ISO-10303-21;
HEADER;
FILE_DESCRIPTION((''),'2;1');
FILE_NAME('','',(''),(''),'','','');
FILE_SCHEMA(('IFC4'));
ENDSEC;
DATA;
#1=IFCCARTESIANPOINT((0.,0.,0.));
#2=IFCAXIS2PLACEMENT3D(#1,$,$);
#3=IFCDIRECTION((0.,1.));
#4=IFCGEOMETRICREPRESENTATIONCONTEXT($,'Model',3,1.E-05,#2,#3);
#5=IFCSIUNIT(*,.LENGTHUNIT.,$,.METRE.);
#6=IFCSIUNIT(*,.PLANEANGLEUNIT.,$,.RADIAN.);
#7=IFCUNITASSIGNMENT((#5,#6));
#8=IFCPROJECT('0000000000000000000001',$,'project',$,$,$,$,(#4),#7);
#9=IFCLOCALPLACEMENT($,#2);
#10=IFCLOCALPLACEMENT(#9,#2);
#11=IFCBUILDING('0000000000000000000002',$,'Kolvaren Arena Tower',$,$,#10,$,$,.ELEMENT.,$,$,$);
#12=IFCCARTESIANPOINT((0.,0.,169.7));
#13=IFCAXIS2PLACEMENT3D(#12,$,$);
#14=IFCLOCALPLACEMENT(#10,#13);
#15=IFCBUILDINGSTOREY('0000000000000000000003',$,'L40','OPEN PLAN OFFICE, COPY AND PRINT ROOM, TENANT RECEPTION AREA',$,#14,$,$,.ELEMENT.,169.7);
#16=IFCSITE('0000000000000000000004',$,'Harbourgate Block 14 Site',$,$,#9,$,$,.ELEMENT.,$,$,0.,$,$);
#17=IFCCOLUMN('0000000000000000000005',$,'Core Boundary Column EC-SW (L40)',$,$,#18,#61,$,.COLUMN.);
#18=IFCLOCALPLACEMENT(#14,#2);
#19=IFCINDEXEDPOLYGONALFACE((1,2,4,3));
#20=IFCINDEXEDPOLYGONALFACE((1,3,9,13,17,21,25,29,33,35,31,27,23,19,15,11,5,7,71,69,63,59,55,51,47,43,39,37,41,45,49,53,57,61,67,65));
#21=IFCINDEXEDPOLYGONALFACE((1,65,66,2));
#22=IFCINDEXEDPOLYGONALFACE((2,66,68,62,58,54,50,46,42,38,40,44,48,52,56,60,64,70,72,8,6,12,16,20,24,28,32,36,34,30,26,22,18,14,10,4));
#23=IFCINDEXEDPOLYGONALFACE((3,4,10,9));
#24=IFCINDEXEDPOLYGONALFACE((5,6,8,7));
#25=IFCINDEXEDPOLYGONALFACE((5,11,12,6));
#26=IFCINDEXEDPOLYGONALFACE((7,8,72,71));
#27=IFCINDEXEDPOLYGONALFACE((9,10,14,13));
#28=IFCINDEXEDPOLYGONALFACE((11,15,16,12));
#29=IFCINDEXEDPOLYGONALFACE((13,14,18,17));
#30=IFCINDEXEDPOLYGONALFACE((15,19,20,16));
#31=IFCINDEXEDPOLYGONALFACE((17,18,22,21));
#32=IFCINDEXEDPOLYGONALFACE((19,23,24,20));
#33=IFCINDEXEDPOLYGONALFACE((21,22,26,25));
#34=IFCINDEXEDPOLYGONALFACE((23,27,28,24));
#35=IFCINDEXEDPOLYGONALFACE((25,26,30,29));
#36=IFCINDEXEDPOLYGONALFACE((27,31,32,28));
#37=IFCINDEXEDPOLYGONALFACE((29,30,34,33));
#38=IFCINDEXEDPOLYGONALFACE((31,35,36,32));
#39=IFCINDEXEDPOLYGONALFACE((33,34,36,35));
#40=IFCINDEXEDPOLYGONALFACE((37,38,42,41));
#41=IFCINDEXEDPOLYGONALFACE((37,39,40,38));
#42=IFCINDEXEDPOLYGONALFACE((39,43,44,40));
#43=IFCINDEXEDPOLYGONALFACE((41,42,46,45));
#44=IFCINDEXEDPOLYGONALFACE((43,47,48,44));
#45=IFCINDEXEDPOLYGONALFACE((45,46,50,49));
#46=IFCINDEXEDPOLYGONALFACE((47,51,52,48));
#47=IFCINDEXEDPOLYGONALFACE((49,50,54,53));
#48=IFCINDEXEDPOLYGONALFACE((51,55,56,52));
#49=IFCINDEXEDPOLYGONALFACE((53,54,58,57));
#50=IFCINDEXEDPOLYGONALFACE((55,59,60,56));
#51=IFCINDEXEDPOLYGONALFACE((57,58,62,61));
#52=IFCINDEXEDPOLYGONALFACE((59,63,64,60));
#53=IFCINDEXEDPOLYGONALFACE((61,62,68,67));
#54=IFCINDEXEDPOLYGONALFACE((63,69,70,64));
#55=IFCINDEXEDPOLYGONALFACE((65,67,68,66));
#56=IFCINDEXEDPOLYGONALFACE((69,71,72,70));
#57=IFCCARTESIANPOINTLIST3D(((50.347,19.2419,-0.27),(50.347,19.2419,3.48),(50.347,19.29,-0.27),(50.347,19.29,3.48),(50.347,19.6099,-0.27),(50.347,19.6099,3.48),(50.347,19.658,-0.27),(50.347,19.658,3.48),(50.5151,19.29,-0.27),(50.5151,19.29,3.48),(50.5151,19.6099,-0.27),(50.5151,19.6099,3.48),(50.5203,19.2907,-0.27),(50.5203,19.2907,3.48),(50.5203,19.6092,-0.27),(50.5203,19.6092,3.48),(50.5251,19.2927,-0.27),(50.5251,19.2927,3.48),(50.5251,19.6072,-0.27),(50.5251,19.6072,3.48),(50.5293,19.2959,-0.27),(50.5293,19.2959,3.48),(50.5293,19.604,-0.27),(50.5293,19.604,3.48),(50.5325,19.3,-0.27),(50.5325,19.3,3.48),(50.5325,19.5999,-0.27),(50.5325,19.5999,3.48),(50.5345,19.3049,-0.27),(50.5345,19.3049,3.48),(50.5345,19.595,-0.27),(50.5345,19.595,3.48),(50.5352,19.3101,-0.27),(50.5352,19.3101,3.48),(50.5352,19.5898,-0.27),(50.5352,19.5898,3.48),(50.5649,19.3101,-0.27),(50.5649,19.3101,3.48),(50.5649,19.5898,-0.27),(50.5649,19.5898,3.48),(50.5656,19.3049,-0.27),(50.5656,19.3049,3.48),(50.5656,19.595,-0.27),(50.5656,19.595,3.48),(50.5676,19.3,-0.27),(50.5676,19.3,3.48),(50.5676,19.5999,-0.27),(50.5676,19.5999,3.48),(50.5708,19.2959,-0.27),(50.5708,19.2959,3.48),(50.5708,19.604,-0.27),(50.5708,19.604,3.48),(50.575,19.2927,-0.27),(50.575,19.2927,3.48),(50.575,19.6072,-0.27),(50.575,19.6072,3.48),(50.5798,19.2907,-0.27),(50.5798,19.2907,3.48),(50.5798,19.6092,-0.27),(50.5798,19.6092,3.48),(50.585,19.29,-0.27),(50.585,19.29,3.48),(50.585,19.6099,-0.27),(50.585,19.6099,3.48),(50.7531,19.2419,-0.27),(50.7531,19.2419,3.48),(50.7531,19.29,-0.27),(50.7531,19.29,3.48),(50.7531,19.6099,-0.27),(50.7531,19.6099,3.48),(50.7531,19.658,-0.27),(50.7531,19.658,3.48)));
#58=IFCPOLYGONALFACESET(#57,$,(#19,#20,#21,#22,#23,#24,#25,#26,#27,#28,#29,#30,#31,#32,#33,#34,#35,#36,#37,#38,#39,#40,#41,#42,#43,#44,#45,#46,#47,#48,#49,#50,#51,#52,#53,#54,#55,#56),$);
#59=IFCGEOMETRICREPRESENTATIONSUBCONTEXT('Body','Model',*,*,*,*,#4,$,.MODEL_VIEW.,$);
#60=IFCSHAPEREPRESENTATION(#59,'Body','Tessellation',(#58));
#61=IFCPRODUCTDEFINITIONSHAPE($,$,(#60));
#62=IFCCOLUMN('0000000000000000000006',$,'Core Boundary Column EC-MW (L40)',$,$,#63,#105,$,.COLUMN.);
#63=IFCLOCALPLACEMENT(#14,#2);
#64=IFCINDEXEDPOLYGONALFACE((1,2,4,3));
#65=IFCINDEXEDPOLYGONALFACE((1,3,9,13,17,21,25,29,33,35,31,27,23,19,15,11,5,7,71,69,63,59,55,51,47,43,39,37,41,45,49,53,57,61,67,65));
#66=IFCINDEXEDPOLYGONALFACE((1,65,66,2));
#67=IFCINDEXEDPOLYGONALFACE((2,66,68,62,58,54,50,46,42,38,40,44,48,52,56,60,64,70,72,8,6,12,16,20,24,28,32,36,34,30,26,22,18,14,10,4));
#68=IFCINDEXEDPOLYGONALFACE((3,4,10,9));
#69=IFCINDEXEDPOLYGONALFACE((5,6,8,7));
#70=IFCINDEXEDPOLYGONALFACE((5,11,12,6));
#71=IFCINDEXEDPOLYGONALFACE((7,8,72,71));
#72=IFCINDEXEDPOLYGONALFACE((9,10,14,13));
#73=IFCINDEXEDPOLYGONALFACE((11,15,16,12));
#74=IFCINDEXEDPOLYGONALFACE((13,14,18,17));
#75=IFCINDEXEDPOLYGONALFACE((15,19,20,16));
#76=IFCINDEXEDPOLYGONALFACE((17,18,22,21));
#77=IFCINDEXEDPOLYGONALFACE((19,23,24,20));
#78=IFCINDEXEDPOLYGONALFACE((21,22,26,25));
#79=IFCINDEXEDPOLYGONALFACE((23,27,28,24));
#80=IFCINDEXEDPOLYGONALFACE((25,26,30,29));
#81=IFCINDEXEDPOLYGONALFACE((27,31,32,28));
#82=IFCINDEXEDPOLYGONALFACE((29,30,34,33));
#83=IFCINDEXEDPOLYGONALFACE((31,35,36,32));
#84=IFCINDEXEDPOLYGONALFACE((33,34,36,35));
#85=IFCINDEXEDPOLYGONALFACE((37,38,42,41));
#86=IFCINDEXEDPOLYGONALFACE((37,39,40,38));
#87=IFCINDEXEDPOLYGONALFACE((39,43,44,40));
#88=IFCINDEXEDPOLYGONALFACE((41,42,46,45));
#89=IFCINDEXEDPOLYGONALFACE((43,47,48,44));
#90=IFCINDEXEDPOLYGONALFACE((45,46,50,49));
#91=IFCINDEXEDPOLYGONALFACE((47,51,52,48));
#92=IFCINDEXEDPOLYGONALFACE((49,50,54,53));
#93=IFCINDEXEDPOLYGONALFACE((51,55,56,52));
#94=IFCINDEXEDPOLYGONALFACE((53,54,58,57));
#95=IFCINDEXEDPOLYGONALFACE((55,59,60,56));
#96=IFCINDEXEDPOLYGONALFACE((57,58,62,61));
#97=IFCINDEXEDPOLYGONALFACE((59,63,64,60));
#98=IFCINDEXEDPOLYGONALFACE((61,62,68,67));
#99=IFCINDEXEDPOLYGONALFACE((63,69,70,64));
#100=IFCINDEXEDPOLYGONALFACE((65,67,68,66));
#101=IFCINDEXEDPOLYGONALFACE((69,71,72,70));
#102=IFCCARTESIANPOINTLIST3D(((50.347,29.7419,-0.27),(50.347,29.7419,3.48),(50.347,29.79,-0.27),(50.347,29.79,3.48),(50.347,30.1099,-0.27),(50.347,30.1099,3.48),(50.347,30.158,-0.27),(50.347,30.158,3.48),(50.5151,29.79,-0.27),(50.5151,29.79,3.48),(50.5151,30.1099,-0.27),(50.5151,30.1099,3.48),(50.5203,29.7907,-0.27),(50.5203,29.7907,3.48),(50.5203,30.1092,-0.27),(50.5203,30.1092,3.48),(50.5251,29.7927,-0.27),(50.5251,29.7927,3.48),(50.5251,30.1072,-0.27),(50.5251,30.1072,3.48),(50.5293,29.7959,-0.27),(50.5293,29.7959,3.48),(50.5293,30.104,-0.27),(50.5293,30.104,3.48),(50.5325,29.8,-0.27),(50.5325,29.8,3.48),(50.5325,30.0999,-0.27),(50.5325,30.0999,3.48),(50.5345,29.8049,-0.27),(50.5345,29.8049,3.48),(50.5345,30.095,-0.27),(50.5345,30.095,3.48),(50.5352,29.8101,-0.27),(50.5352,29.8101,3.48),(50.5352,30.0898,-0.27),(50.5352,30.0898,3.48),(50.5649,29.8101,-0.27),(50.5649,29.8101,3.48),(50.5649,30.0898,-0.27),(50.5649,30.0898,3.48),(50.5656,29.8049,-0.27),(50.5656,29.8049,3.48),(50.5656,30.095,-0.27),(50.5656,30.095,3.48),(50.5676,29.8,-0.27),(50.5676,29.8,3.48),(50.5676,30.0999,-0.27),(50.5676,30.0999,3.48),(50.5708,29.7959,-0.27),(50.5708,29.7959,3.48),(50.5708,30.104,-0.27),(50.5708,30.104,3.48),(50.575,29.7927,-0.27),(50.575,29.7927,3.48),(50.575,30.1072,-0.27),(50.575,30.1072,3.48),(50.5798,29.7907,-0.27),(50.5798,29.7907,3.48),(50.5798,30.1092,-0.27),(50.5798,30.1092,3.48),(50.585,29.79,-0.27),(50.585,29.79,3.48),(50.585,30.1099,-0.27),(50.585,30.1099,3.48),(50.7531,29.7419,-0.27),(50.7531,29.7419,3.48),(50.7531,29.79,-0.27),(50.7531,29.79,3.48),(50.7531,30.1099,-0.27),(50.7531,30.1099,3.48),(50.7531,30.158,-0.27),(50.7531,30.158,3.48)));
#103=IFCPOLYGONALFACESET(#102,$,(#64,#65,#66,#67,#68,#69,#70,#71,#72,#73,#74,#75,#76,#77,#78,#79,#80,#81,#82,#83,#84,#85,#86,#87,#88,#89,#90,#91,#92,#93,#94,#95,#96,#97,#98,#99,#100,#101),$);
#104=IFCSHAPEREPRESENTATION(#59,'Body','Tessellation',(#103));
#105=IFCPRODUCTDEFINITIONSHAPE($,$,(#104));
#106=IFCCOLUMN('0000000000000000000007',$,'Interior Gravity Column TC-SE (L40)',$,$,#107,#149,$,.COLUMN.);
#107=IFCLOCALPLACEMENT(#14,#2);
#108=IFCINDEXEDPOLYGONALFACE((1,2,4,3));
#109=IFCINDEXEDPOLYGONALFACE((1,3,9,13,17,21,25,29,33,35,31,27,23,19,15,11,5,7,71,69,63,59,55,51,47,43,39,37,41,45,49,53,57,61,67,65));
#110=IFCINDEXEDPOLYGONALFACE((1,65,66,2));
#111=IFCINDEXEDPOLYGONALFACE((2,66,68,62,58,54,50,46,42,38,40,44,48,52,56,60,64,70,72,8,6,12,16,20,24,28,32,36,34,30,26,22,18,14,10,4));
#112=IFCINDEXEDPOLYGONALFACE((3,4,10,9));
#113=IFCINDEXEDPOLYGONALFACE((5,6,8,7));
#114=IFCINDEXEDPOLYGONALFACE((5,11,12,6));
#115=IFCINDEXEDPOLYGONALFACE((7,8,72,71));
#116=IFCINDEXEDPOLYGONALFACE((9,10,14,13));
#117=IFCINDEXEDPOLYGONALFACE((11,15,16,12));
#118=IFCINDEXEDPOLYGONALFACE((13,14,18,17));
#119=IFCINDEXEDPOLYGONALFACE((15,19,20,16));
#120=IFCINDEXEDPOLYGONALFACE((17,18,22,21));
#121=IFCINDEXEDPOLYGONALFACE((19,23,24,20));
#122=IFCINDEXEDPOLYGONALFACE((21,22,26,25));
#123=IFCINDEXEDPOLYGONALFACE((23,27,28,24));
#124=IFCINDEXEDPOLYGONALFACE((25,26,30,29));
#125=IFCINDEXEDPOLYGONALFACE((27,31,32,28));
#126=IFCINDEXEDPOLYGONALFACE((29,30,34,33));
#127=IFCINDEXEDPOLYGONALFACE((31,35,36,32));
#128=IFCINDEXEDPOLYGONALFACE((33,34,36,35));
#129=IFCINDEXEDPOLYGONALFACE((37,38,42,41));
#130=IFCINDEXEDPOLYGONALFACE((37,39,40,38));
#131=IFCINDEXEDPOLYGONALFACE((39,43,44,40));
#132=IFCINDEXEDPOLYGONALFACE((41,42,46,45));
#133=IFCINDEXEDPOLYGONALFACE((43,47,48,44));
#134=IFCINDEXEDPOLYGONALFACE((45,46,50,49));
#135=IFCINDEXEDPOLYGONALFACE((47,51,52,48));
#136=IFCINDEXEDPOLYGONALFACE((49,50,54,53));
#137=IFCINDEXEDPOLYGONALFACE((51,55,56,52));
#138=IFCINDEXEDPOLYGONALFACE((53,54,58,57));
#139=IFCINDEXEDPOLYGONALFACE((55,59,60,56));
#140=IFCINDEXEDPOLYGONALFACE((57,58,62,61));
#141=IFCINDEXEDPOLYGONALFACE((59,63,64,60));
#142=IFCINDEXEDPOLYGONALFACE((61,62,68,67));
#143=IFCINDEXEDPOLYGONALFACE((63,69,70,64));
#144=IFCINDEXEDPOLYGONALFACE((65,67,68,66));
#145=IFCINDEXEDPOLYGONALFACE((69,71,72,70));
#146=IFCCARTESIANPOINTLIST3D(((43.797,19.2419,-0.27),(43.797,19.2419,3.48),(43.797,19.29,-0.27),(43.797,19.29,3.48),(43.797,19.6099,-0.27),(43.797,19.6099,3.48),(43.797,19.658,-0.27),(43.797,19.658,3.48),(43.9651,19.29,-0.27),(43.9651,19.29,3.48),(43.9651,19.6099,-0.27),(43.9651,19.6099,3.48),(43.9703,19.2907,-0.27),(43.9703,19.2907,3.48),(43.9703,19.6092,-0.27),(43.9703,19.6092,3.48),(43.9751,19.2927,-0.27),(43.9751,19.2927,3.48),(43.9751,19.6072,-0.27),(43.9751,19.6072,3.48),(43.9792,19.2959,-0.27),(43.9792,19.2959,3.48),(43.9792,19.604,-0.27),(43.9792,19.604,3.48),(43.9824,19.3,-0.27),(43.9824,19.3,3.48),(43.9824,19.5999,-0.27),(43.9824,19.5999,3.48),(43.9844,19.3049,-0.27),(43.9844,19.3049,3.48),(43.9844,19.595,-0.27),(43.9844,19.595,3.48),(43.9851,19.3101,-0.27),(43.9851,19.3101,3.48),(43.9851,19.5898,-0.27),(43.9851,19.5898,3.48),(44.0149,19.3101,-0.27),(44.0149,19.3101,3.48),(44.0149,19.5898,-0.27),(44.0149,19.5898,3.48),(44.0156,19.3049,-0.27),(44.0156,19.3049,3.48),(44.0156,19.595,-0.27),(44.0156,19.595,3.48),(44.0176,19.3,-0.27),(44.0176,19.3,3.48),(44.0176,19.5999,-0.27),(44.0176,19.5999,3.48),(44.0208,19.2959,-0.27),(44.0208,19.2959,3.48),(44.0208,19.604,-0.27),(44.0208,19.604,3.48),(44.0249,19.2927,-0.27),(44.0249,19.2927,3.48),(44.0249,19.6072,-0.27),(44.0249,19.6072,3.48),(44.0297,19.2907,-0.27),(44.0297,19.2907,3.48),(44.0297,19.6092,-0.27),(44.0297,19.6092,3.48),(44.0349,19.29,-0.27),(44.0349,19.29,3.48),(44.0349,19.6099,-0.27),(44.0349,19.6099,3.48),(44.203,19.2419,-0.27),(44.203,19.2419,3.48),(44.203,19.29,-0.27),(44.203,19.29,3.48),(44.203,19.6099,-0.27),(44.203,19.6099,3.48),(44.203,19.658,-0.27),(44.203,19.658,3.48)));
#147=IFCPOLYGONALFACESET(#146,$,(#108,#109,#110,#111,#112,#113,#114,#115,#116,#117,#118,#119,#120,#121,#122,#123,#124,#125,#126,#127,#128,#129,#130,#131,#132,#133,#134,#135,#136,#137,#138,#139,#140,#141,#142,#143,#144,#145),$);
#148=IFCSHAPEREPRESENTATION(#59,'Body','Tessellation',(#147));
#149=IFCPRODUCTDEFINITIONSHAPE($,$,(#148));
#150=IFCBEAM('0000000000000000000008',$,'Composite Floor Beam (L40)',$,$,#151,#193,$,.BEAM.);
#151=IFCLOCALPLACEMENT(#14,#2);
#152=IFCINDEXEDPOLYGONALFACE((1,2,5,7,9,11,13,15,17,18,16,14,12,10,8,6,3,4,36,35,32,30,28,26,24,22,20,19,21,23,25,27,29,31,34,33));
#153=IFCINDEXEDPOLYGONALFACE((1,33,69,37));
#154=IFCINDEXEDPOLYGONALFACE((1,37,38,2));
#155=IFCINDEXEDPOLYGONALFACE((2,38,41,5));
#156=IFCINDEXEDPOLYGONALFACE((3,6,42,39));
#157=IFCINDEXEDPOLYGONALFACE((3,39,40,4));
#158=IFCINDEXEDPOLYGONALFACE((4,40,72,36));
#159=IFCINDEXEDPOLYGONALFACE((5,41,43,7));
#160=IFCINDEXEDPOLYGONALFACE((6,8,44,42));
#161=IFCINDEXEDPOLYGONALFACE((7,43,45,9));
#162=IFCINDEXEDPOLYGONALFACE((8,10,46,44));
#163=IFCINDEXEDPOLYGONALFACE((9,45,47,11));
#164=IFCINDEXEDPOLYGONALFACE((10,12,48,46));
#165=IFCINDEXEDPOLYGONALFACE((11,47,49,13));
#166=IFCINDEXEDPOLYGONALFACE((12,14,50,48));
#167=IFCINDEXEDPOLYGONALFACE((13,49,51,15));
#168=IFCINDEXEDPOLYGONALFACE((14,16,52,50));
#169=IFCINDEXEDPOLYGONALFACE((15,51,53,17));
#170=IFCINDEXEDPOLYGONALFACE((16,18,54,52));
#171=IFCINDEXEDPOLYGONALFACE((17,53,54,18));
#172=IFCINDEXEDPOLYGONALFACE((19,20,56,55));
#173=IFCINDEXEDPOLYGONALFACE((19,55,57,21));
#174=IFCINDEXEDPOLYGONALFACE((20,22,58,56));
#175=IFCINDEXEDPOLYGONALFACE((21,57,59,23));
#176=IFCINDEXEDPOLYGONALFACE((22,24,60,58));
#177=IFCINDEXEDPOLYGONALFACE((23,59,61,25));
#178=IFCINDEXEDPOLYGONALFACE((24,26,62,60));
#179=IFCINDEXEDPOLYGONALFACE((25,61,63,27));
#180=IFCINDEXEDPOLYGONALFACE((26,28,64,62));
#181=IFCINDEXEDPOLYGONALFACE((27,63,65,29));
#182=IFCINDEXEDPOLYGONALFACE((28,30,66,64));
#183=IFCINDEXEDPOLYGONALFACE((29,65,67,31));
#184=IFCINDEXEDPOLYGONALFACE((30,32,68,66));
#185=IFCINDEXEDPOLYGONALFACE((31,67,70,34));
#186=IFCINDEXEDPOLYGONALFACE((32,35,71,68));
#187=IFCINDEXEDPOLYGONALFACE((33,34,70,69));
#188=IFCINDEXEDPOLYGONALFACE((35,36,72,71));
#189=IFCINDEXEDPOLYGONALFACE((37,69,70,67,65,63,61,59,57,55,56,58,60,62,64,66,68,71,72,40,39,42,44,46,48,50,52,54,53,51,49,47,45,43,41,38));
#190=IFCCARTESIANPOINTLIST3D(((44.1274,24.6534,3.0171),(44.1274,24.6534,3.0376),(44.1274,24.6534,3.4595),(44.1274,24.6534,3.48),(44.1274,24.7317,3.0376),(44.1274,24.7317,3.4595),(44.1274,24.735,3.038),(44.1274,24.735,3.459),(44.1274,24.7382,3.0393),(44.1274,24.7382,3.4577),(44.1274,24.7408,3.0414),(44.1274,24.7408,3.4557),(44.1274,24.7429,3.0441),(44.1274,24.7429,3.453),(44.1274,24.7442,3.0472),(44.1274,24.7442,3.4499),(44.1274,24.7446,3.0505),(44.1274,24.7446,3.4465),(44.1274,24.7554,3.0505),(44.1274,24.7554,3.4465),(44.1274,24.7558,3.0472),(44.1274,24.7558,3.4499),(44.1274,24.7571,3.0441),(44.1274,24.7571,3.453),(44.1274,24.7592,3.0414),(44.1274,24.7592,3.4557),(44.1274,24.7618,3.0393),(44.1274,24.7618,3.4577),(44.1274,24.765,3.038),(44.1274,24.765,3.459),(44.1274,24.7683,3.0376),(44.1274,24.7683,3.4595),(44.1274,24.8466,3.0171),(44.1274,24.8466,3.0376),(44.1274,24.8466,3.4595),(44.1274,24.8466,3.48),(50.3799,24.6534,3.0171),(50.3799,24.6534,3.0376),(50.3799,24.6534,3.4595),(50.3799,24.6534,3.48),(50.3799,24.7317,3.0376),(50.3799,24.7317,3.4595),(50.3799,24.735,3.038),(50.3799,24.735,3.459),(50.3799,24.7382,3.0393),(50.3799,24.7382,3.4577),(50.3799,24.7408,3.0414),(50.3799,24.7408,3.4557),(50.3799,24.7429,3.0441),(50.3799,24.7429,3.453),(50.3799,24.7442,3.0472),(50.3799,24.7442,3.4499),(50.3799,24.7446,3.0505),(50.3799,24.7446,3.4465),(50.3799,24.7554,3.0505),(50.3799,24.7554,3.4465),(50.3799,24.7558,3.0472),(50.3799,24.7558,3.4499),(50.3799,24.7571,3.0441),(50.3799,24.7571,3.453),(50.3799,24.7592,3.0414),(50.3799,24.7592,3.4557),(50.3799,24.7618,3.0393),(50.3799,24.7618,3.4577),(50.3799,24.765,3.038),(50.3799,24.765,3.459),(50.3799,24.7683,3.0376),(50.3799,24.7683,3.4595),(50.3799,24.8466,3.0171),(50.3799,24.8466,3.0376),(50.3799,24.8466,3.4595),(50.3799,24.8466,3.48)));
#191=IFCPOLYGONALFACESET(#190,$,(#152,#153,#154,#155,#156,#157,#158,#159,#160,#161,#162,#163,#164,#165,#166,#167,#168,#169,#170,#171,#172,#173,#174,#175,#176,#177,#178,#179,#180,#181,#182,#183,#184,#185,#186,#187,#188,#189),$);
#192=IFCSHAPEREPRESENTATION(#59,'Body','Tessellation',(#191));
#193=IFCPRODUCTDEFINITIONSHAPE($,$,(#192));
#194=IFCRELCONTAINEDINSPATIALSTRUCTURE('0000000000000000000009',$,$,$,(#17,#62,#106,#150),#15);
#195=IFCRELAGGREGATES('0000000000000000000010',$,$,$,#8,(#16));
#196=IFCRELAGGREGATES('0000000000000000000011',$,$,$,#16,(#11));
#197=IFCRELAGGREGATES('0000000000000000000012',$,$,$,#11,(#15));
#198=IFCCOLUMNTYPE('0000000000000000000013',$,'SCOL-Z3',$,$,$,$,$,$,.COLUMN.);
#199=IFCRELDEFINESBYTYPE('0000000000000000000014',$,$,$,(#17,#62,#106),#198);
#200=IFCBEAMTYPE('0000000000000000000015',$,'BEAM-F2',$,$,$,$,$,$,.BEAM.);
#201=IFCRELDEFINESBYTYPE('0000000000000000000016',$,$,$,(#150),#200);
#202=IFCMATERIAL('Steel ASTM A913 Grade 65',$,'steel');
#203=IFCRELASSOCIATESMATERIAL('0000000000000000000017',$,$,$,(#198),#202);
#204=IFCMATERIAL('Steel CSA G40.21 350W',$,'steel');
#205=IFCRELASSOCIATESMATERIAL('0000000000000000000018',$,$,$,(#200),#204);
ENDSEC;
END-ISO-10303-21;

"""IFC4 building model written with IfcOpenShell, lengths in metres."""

from ifc_helpers import new_model, si_unit, direction, frame, origin, origin_2d, place, context, subcontext, project, spatial, i_section, extrude, material, material_profile, profile_set, type_object, element, save


model = new_model("IFC4")

# Units and contexts
model_context = context("Model", 3, precision=1e-05, world=origin(), true_north=direction((0.0, 1.0)))
body_context = subcontext(model_context, "Body", "Model", "MODEL_VIEW")
ifc_project = project(units=[si_unit("LENGTHUNIT", "METRE"), si_unit("PLANEANGLEUNIT", "RADIAN")], contexts=[model_context])

# Site, building, storey
site_placement = place(None, origin())
site = spatial("IfcSite", under=ifc_project, at=site_placement, Name="Harbourgate Block 14 Site", CompositionType="ELEMENT", RefElevation=0.0)
building_placement = place(site_placement, origin())
building = spatial("IfcBuilding", under=site, at=building_placement, Name="Kolvaren Arena Tower", CompositionType="ELEMENT")
storey_placement = place(building_placement, frame((0.0, 0.0, 169.7)))
storey = spatial("IfcBuildingStorey", under=building, at=storey_placement, Name="L40", Description="OPEN PLAN OFFICE, COPY AND PRINT ROOM, TENANT RECEPTION AREA", CompositionType="ELEMENT", Elevation=169.7)

# Columns
ifc_material_1 = material(Name="Steel ASTM A913 Grade 65", Category="steel")
ifc_material_profile_1 = material_profile(ifc_material_1, i_section(OverallWidth=0.406, OverallDepth=0.416, WebThickness=0.0298, FlangeThickness=0.0481, FilletRadius=0.02, at=origin_2d()), Name="W360x382")
ifc_profile_set_1 = profile_set([ifc_material_profile_1], Name="Steel ASTM A913 Grade 65")
column_type = type_object("IfcColumnType", Name="SCOL-Z3", PredefinedType="COLUMN", material=ifc_profile_set_1)
for number, where, z_axis, x_axis, name in (
    (1, (50.55, 19.45, -0.27), (0.0, 0.0, 1.0), (1.0, 0.0, 0.0), "Core Boundary Column EC-SW (L40)"),
    (2, (50.55, 29.95, -0.27), (0.0, 0.0, 1.0), (1.0, 0.0, 0.0), "Core Boundary Column EC-MW (L40)"),
    (3, (44.0, 19.45, -0.27), (0.0, 0.0, 1.0), (1.0, 0.0, 0.0), "Interior Gravity Column TC-SE (L40)"),
):
    element("IfcColumn", number, at=place(storey_placement, frame(where, z_axis=z_axis, x_axis=x_axis)), inside=storey, type_object=column_type, Name=name, PredefinedType="COLUMN", context=body_context, shape_type="SweptSolid", body=[
        extrude(i_section(OverallWidth=0.406, OverallDepth=0.416, WebThickness=0.0298, FlangeThickness=0.0481, FilletRadius=0.02, at=origin_2d()), origin(), (0.0, 0.0, 1.0), 3.75),
    ])

# Beam
ifc_material_2 = material(Name="Steel CSA G40.21 350W", Category="steel")
ifc_material_profile_2 = material_profile(ifc_material_2, i_section(OverallWidth=0.1931, OverallDepth=0.4629, WebThickness=0.0107, FlangeThickness=0.0205, FilletRadius=0.0129, at=origin_2d()), Name="W460x113")
ifc_profile_set_2 = profile_set([ifc_material_profile_2], Name="Steel CSA G40.21 350W")
beam_type_1 = type_object("IfcBeamType", Name="BEAM-F2", PredefinedType="BEAM", material=ifc_profile_set_2)
beam_1_placement = place(storey_placement, frame((44.1274, 24.75, 3.2485), z_axis=(1.0, 0.0, 0.0), x_axis=(0.0, 1.0, 0.0)))
element("IfcBeam", 4, at=beam_1_placement, inside=storey, type_object=beam_type_1, Name="Composite Floor Beam (L40)", PredefinedType="BEAM", context=body_context, shape_type="SweptSolid", body=[
    extrude(i_section(OverallWidth=0.1931, OverallDepth=0.4629, WebThickness=0.0107, FlangeThickness=0.0205, FilletRadius=0.0129, at=origin_2d()), origin(), (0.0, 0.0, 1.0), 6.2524),
])

save(model, "model.ifc")
